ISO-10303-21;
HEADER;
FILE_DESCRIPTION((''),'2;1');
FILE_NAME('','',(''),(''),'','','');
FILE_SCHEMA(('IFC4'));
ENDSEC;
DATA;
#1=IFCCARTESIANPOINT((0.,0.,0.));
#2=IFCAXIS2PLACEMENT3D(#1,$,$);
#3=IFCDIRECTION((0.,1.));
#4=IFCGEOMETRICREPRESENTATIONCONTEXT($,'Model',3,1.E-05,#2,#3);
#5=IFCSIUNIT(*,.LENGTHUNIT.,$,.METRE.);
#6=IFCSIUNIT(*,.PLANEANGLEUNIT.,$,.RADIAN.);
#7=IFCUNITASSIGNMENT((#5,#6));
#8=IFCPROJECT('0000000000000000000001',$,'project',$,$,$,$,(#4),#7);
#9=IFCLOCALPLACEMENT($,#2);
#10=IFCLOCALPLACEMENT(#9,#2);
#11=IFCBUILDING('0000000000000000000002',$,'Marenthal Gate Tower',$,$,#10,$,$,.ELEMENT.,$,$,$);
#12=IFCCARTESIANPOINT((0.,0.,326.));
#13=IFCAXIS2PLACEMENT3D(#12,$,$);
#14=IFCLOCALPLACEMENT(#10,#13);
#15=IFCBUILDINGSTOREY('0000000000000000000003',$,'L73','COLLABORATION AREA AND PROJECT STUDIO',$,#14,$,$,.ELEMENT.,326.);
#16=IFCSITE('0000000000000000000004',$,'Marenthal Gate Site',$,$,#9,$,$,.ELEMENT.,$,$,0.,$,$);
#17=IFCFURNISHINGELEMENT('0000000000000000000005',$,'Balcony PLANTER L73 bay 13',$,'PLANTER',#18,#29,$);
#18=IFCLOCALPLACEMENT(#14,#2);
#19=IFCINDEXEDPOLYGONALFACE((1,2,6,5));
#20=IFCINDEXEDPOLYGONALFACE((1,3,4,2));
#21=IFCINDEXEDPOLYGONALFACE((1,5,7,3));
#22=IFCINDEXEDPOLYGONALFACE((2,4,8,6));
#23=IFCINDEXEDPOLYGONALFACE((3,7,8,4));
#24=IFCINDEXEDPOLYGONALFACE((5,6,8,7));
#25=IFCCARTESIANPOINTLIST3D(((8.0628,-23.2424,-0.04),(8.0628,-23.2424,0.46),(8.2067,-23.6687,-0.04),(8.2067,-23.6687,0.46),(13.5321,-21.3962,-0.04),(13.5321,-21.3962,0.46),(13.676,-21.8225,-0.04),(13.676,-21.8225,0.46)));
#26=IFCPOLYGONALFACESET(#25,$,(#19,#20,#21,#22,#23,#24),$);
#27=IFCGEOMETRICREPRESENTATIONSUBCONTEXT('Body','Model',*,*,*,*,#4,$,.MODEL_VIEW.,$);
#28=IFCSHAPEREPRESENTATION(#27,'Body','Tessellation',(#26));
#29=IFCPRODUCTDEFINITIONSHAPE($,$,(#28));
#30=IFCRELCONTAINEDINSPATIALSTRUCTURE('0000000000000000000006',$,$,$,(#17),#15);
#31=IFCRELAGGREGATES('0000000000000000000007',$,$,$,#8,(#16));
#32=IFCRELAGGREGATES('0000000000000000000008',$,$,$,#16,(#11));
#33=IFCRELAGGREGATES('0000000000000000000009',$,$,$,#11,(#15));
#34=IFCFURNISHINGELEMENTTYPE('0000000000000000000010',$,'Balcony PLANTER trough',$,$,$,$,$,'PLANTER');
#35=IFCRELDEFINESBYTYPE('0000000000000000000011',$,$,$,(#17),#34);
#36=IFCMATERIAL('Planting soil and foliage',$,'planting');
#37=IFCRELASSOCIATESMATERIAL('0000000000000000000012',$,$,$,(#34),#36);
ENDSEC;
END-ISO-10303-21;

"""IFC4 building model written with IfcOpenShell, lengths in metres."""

from ifc_helpers import new_model, si_unit, direction, frame, origin, origin_2d, place, context, subcontext, project, spatial, rectangle, extrude, material, type_object, element, save


model = new_model("IFC4")

# Units and contexts
model_context = context("Model", 3, precision=1e-05, world=origin(), true_north=direction((0.0, 1.0)))
body_context = subcontext(model_context, "Body", "Model", "MODEL_VIEW")
ifc_project = project(units=[si_unit("LENGTHUNIT", "METRE"), si_unit("PLANEANGLEUNIT", "RADIAN")], contexts=[model_context])

# Site, building, storey
site_placement = place(None, origin())
site = spatial("IfcSite", under=ifc_project, at=site_placement, Name="Marenthal Gate Site", CompositionType="ELEMENT", RefElevation=0.0)
building_placement = place(site_placement, origin())
building = spatial("IfcBuilding", under=site, at=building_placement, Name="Marenthal Gate Tower", CompositionType="ELEMENT")
storey_placement = place(building_placement, frame((0.0, 0.0, 326.0)))
storey = spatial("IfcBuildingStorey", under=building, at=storey_placement, Name="L73", Description="COLLABORATION AREA AND PROJECT STUDIO", CompositionType="ELEMENT", Elevation=326.0)

# Furnishing element
ifc_material_1 = material(Name="Planting soil and foliage", Category="planting")
furnishing_element_type = type_object("IfcFurnishingElementType", Name="Balcony PLANTER trough", ElementType="PLANTER", material=ifc_material_1)
furnishing_placement = place(storey_placement, frame((10.8694, -22.5325, -0.04), z_axis=(0.0, 0.0, 1.0), x_axis=(0.947473, 0.319835, 0.0)))
element("IfcFurnishingElement", 1, at=furnishing_placement, inside=storey, type_object=furnishing_element_type, Name="Balcony PLANTER L73 bay 13", ObjectType="PLANTER", context=body_context, shape_type="SweptSolid", body=[
    extrude(rectangle(XDim=5.7725, YDim=0.45, at=origin_2d()), origin(), (0.0, 0.0, 1.0), 0.5),
])

save(model, "model.ifc")
